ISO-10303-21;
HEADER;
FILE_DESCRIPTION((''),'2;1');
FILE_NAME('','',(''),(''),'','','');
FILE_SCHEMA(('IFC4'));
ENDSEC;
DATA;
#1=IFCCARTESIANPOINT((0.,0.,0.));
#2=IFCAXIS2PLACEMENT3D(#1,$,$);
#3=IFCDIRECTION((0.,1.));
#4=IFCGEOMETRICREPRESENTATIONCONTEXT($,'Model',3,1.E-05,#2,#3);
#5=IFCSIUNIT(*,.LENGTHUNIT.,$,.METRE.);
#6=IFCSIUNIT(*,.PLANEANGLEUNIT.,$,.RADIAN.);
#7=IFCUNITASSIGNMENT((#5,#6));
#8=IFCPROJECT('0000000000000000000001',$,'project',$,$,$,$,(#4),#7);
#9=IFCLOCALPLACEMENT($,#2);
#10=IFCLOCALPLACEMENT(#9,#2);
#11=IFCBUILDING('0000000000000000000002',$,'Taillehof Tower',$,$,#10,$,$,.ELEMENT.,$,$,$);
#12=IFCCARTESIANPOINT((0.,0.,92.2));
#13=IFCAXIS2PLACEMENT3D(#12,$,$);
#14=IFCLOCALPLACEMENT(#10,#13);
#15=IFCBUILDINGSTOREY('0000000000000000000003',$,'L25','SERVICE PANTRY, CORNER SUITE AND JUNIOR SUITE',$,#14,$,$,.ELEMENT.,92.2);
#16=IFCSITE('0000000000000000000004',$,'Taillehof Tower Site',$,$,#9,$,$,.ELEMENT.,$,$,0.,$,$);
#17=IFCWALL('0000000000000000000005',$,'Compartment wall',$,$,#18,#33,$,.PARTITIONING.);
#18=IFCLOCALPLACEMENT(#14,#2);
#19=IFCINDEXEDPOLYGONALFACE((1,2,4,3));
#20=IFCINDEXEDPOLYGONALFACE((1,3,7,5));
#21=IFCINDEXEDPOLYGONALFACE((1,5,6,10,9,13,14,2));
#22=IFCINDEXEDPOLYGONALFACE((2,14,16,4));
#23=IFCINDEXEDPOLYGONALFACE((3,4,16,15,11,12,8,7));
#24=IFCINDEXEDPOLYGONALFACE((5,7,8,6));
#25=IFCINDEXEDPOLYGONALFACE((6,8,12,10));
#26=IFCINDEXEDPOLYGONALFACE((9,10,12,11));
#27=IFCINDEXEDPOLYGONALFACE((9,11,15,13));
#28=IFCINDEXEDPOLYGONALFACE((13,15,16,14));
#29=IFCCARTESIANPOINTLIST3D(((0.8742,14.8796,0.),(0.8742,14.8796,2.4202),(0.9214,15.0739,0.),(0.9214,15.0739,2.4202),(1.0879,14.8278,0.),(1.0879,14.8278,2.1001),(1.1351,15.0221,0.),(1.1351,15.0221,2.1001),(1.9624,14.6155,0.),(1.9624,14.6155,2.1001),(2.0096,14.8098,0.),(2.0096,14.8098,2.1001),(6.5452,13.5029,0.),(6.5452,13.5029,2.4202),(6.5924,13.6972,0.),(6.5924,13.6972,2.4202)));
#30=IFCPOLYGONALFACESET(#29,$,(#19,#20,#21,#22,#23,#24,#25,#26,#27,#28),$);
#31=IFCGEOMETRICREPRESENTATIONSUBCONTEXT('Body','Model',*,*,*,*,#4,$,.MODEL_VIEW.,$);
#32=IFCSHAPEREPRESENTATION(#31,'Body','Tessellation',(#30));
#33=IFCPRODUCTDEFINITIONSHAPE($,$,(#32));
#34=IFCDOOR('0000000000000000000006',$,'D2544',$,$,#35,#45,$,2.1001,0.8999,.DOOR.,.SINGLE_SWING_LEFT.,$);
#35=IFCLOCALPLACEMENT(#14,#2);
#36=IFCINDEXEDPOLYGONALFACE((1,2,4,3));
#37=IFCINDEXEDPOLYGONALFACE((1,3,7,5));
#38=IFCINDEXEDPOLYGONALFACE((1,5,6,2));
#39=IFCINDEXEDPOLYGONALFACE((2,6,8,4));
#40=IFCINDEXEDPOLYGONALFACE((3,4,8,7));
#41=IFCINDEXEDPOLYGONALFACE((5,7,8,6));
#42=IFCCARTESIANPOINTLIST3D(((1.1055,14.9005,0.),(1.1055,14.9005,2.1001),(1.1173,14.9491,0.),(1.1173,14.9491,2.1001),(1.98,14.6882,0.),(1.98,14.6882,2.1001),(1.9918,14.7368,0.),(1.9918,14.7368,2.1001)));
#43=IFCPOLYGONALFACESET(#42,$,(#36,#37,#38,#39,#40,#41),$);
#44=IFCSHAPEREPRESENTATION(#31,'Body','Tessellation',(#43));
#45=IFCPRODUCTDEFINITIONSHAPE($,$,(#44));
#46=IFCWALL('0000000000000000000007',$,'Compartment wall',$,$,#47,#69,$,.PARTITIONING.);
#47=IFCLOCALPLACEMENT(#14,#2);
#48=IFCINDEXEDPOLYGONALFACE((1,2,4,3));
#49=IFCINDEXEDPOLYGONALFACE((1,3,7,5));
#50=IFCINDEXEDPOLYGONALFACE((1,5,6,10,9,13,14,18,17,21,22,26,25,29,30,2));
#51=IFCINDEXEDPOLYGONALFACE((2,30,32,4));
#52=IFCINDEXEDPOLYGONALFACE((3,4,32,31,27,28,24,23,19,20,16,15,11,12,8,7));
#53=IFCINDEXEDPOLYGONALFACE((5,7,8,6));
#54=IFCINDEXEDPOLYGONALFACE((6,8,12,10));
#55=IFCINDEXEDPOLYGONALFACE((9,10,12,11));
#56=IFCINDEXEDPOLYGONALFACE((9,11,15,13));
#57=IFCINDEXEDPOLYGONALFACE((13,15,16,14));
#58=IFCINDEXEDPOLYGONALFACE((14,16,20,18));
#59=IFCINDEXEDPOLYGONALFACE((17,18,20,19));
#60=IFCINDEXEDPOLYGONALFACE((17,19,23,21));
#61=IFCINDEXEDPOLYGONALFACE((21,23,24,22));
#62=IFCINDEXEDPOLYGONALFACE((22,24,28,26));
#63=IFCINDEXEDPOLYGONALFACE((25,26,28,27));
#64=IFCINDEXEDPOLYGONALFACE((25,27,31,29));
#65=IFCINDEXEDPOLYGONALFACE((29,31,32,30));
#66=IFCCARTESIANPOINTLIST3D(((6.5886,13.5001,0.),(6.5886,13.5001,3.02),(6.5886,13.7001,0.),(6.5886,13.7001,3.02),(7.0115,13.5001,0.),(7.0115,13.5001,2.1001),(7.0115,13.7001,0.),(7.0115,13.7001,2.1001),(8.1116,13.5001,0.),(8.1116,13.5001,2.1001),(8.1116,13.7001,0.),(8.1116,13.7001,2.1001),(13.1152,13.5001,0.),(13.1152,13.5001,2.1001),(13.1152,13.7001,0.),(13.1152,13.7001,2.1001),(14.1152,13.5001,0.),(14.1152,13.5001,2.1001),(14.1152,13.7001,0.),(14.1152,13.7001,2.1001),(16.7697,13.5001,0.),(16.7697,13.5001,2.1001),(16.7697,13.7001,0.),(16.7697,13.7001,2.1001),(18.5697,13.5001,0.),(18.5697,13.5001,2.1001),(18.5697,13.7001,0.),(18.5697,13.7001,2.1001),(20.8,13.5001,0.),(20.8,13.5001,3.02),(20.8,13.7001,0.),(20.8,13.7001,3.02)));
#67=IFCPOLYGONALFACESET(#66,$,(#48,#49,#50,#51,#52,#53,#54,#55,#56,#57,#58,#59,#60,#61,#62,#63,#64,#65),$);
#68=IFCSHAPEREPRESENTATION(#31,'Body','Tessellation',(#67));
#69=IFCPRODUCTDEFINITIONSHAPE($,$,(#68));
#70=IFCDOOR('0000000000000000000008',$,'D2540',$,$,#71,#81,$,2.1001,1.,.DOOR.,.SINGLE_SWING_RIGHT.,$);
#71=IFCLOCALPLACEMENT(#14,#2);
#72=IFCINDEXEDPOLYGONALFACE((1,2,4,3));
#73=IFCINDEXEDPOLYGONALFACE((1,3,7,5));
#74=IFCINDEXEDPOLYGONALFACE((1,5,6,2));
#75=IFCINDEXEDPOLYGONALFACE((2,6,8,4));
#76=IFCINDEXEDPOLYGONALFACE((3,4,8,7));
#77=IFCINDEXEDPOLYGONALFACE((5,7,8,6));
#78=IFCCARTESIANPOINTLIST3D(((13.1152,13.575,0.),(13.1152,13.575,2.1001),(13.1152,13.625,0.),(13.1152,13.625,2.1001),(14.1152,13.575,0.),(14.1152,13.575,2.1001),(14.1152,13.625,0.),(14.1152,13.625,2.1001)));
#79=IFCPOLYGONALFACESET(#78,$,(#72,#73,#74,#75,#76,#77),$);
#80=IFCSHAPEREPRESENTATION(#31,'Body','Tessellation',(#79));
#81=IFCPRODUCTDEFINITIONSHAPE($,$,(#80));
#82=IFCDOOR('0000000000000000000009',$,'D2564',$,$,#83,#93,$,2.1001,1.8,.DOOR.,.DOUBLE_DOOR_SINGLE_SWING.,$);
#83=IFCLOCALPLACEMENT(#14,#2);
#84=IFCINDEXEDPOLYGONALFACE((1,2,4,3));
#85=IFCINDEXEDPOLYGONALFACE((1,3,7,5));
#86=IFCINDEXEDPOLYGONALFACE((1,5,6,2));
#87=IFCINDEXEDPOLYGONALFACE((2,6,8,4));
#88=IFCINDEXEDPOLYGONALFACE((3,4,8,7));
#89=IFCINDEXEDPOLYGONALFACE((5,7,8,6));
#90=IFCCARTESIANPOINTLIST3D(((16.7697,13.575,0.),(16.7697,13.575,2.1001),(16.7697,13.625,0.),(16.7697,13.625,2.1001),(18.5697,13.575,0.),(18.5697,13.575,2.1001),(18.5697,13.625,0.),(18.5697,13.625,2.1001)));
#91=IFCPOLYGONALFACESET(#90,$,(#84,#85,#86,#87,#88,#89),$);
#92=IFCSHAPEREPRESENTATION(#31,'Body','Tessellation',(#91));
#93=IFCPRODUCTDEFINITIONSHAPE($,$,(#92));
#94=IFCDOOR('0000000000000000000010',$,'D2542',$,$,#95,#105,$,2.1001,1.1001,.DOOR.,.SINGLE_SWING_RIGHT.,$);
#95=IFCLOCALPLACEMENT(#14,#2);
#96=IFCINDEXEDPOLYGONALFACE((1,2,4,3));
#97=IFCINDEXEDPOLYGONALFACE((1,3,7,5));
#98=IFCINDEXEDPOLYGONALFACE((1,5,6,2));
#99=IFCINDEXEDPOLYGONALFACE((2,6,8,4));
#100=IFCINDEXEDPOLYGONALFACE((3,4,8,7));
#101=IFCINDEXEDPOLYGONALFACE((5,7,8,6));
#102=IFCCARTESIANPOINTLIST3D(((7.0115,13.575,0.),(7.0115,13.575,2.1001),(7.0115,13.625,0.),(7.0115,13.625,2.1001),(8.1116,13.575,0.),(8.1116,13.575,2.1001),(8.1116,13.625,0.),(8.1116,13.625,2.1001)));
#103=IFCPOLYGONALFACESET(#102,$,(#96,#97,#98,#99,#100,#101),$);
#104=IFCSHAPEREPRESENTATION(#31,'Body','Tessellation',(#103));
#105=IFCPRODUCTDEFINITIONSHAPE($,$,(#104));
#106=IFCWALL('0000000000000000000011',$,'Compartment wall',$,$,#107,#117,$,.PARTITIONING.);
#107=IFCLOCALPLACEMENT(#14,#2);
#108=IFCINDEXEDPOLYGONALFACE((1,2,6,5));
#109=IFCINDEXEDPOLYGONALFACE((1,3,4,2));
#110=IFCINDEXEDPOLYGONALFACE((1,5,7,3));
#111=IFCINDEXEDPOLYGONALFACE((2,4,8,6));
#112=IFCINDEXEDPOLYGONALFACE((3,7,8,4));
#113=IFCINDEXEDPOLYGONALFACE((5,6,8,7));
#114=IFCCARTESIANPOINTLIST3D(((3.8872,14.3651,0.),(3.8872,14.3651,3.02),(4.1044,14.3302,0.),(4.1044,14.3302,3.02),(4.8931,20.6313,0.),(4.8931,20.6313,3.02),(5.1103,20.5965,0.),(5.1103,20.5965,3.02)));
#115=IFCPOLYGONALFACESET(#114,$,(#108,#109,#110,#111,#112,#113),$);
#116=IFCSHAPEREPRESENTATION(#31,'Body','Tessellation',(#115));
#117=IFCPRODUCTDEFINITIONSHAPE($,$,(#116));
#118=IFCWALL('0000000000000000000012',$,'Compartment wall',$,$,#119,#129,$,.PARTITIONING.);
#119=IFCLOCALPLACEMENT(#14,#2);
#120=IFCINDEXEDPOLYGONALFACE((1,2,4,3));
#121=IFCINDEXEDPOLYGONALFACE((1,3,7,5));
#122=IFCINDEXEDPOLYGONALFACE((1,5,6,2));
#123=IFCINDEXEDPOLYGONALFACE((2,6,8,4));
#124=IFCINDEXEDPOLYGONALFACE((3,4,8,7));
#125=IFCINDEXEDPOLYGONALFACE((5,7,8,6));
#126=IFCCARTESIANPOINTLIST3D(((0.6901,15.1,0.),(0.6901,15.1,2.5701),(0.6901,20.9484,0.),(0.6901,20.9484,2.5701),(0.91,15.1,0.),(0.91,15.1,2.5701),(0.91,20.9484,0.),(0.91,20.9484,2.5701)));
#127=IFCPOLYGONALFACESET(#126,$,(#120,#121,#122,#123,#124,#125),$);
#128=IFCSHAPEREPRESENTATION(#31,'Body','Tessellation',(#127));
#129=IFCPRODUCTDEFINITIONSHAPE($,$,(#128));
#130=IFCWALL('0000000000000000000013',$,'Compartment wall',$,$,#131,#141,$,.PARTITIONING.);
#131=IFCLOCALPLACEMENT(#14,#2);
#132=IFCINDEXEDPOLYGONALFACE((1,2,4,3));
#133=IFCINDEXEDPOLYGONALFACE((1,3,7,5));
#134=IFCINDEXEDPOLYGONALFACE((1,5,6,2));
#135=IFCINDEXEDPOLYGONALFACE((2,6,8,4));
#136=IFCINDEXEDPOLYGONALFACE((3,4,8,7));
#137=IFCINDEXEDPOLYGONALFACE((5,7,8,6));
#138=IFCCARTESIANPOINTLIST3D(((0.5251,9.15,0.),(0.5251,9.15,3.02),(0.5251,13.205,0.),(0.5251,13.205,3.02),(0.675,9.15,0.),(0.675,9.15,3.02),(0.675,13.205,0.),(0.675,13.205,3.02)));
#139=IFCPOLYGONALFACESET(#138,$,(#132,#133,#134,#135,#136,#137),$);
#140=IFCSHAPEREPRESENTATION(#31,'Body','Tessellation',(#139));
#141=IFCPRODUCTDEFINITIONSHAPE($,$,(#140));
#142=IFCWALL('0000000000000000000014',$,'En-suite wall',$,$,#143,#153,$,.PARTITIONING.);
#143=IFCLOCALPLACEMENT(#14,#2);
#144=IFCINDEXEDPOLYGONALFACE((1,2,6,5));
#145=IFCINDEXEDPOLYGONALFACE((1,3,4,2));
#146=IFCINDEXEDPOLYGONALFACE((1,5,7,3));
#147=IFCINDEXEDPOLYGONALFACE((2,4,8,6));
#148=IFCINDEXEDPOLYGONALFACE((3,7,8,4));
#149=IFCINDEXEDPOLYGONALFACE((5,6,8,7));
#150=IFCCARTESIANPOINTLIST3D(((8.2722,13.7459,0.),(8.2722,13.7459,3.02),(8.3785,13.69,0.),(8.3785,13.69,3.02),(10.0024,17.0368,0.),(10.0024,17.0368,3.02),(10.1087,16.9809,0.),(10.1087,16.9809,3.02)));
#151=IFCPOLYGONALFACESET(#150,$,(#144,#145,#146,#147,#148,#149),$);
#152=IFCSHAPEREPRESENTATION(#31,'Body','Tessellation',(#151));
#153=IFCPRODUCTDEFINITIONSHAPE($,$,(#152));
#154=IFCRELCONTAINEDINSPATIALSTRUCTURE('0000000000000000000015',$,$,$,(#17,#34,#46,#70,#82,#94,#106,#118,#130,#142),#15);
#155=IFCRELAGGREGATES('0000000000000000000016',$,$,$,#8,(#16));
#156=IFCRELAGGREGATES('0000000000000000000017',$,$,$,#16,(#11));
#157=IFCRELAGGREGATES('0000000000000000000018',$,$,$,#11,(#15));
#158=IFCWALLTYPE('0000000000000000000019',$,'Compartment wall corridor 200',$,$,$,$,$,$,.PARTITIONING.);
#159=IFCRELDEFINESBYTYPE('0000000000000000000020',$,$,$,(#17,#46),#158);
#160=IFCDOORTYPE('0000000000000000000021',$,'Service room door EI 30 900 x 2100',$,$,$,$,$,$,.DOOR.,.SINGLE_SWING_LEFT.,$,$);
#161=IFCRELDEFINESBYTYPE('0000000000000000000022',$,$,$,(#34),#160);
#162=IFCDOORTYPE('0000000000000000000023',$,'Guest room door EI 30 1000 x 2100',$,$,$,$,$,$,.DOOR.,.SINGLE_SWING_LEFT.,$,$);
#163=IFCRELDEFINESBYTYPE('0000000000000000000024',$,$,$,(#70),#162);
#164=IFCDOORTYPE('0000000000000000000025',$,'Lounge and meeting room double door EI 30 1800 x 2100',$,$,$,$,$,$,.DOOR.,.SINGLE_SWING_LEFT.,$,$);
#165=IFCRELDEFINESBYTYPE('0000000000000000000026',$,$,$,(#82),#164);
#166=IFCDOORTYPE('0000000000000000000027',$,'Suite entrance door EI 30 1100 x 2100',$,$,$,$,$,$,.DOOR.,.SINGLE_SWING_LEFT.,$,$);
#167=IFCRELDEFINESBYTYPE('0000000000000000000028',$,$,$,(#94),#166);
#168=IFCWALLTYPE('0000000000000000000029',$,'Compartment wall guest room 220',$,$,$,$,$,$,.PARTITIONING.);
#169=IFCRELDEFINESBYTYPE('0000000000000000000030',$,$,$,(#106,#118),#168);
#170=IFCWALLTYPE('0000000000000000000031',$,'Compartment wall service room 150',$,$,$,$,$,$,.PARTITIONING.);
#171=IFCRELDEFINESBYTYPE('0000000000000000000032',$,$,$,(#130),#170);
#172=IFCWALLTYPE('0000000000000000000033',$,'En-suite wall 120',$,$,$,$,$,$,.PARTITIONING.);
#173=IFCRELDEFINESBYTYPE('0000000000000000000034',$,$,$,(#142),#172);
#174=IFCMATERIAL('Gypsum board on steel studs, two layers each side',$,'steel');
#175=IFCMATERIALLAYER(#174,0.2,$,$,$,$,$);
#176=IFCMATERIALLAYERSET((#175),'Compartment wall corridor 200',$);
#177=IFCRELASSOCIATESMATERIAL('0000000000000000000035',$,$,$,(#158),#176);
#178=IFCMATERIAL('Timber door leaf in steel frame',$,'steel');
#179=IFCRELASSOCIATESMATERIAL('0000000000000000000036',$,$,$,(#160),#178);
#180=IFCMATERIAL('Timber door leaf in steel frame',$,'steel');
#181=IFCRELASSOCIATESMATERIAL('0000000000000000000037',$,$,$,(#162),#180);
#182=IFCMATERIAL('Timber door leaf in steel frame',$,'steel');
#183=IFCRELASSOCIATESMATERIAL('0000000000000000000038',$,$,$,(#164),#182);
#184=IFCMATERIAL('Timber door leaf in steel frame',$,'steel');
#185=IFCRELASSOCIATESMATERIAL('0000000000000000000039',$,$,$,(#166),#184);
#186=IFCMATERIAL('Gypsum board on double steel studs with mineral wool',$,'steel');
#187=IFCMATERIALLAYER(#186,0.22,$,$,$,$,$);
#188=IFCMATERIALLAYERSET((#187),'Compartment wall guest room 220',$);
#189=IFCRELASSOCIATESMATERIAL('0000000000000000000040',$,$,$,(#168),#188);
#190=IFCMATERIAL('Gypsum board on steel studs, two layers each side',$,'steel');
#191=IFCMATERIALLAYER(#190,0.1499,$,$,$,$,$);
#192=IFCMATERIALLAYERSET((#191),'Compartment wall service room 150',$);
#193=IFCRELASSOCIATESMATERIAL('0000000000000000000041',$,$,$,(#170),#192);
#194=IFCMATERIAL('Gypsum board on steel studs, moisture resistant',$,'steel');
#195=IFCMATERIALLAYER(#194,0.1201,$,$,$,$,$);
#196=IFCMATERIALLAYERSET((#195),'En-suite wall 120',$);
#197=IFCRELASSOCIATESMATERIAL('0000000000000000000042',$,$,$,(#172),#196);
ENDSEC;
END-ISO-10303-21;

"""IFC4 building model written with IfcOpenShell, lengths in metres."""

from ifc_helpers import new_model, si_unit, direction, frame, frame_2d, origin, place, context, subcontext, project, spatial, rectangle, extrude, material, layer, layer_set, type_object, element, fill, save


model = new_model("IFC4")

# Units and contexts
model_context = context("Model", 3, precision=1e-05, world=origin(), true_north=direction((0.0, 1.0)))
body_context = subcontext(model_context, "Body", "Model", "MODEL_VIEW")
ifc_project = project(units=[si_unit("LENGTHUNIT", "METRE"), si_unit("PLANEANGLEUNIT", "RADIAN")], contexts=[model_context])

# Site, building, storey
site_placement = place(None, origin())
site = spatial("IfcSite", under=ifc_project, at=site_placement, Name="Taillehof Tower Site", CompositionType="ELEMENT", RefElevation=0.0)
building_placement = place(site_placement, origin())
building = spatial("IfcBuilding", under=site, at=building_placement, Name="Taillehof Tower", CompositionType="ELEMENT")
storey_placement = place(building_placement, frame((0.0, 0.0, 92.2)))
storey = spatial("IfcBuildingStorey", under=building, at=storey_placement, Name="L25", Description="SERVICE PANTRY, CORNER SUITE AND JUNIOR SUITE", CompositionType="ELEMENT", Elevation=92.2)

# Wall, opening, door
ifc_material_1 = material(Name="Gypsum board on steel studs, two layers each side", Category="steel")
ifc_layer_1 = layer(ifc_material_1, 0.2)
ifc_layer_set_1 = layer_set([ifc_layer_1], Name="Compartment wall corridor 200")
wall_type_1 = type_object("IfcWallType", Name="Compartment wall corridor 200", PredefinedType="PARTITIONING", material=ifc_layer_set_1)
wall_1_placement = place(storey_placement, frame((0.8977, 14.9768, 0.0), z_axis=(0.0, 0.0, 1.0), x_axis=(0.971774, -0.235915, 0.0)))
wall_1 = element("IfcWall", 1, at=wall_1_placement, inside=storey, type_object=wall_type_1, Name="Compartment wall", PredefinedType="PARTITIONING", context=body_context, shape_type="SweptSolid", body=[
    extrude(rectangle(XDim=5.8357, YDim=0.2, at=frame_2d((2.918, 0.0))), origin(), (0.0, 0.0, 1.0), 2.4202),
])
opening_1_placement = place(wall_1_placement, frame((0.22, 0.0, 0.0)))
opening_1 = element("IfcOpeningElement", 2, at=opening_1_placement, cuts=wall_1, PredefinedType="OPENING", context=body_context, shape_type="SweptSolid", body=[
    extrude(rectangle(XDim=0.8999, YDim=2.1001, at=frame_2d((0.45, 1.05))), frame((0.0, 0.1099, 0.0), z_axis=(0.0, -1.0, 0.0), x_axis=(1.0, 0.0, 0.0)), (0.0, 0.0, 1.0), 0.22),
])
ifc_material_2 = material(Name="Timber door leaf in steel frame", Category="steel")
door_type_1 = type_object("IfcDoorType", Name="Service room door EI 30 900 x 2100", OperationType="SINGLE_SWING_LEFT", PredefinedType="DOOR", material=ifc_material_2)
door_1_placement = place(opening_1_placement, origin())
door_1 = element("IfcDoor", 3, at=door_1_placement, inside=storey, type_object=door_type_1, Name="D2544", OperationType="SINGLE_SWING_LEFT", OverallHeight=2.1001, OverallWidth=0.8999, PredefinedType="DOOR", context=body_context, shape_type="SweptSolid", body=[
    extrude(rectangle(XDim=0.8999, YDim=2.1001, at=frame_2d((0.45, 1.05))), frame((0.0, 0.0249, 0.0), z_axis=(0.0, -1.0, 0.0), x_axis=(1.0, 0.0, 0.0)), (0.0, 0.0, 1.0), 0.05),
])
fill(opening_1, door_1)

# Wall, openings, doors
wall_2_placement = place(storey_placement, frame((6.5886, 13.6001, 0.0), z_axis=(0.0, 0.0, 1.0), x_axis=(1.0, 0.0, 0.0)))
wall_2 = element("IfcWall", 4, at=wall_2_placement, inside=storey, type_object=wall_type_1, Name="Compartment wall", PredefinedType="PARTITIONING", context=body_context, shape_type="SweptSolid", body=[
    extrude(rectangle(XDim=14.2114, YDim=0.2, at=frame_2d((7.1057, 0.0))), origin(), (0.0, 0.0, 1.0), 3.02),
])
opening_2_placement = place(wall_2_placement, frame((6.5266, 0.0, 0.0)))
opening_2 = element("IfcOpeningElement", 5, at=opening_2_placement, cuts=wall_2, PredefinedType="OPENING", context=body_context, shape_type="SweptSolid", body=[
    extrude(rectangle(XDim=1.0, YDim=2.1001, at=frame_2d((0.5, 1.05))), frame((0.0, 0.1099, 0.0), z_axis=(0.0, -1.0, 0.0), x_axis=(1.0, 0.0, 0.0)), (0.0, 0.0, 1.0), 0.22),
])
opening_3_placement = place(wall_2_placement, frame((0.4229, 0.0, 0.0)))
opening_3 = element("IfcOpeningElement", 6, at=opening_3_placement, cuts=wall_2, PredefinedType="OPENING", context=body_context, shape_type="SweptSolid", body=[
    extrude(rectangle(XDim=1.1001, YDim=2.1001, at=frame_2d((0.55, 1.05))), frame((0.0, 0.1099, 0.0), z_axis=(0.0, -1.0, 0.0), x_axis=(1.0, 0.0, 0.0)), (0.0, 0.0, 1.0), 0.22),
])
opening_4_placement = place(wall_2_placement, frame((10.1812, 0.0, 0.0)))
opening_4 = element("IfcOpeningElement", 7, at=opening_4_placement, cuts=wall_2, PredefinedType="OPENING", context=body_context, shape_type="SweptSolid", body=[
    extrude(rectangle(XDim=1.8, YDim=2.1001, at=frame_2d((0.8999, 1.05))), frame((0.0, 0.1099, 0.0), z_axis=(0.0, -1.0, 0.0), x_axis=(1.0, 0.0, 0.0)), (0.0, 0.0, 1.0), 0.22),
])
ifc_material_3 = material(Name="Timber door leaf in steel frame", Category="steel")
door_type_2 = type_object("IfcDoorType", Name="Guest room door EI 30 1000 x 2100", OperationType="SINGLE_SWING_LEFT", PredefinedType="DOOR", material=ifc_material_3)
door_2_placement = place(opening_2_placement, origin())
door_2 = element("IfcDoor", 8, at=door_2_placement, inside=storey, type_object=door_type_2, Name="D2540", OperationType="SINGLE_SWING_RIGHT", OverallHeight=2.1001, OverallWidth=1.0, PredefinedType="DOOR", context=body_context, shape_type="SweptSolid", body=[
    extrude(rectangle(XDim=1.0, YDim=2.1001, at=frame_2d((0.5, 1.05))), frame((0.0, 0.0249, 0.0), z_axis=(0.0, -1.0, 0.0), x_axis=(1.0, 0.0, 0.0)), (0.0, 0.0, 1.0), 0.05),
])
fill(opening_2, door_2)
ifc_material_4 = material(Name="Timber door leaf in steel frame", Category="steel")
door_type_3 = type_object("IfcDoorType", Name="Lounge and meeting room double door EI 30 1800 x 2100", OperationType="SINGLE_SWING_LEFT", PredefinedType="DOOR", material=ifc_material_4)
door_3_placement = place(opening_4_placement, origin())
door_3 = element("IfcDoor", 9, at=door_3_placement, inside=storey, type_object=door_type_3, Name="D2564", OperationType="DOUBLE_DOOR_SINGLE_SWING", OverallHeight=2.1001, OverallWidth=1.8, PredefinedType="DOOR", context=body_context, shape_type="SweptSolid", body=[
    extrude(rectangle(XDim=1.8, YDim=2.1001, at=frame_2d((0.8999, 1.05))), frame((0.0, 0.0249, 0.0), z_axis=(0.0, -1.0, 0.0), x_axis=(1.0, 0.0, 0.0)), (0.0, 0.0, 1.0), 0.05),
])
fill(opening_4, door_3)
ifc_material_5 = material(Name="Timber door leaf in steel frame", Category="steel")
door_type_4 = type_object("IfcDoorType", Name="Suite entrance door EI 30 1100 x 2100", OperationType="SINGLE_SWING_LEFT", PredefinedType="DOOR", material=ifc_material_5)
door_4_placement = place(opening_3_placement, origin())
door_4 = element("IfcDoor", 10, at=door_4_placement, inside=storey, type_object=door_type_4, Name="D2542", OperationType="SINGLE_SWING_RIGHT", OverallHeight=2.1001, OverallWidth=1.1001, PredefinedType="DOOR", context=body_context, shape_type="SweptSolid", body=[
    extrude(rectangle(XDim=1.1001, YDim=2.1001, at=frame_2d((0.55, 1.05))), frame((0.0, 0.0249, 0.0), z_axis=(0.0, -1.0, 0.0), x_axis=(1.0, 0.0, 0.0)), (0.0, 0.0, 1.0), 0.05),
])
fill(opening_3, door_4)

# Walls
ifc_material_6 = material(Name="Gypsum board on double steel studs with mineral wool", Category="steel")
ifc_layer_2 = layer(ifc_material_6, 0.22)
ifc_layer_set_2 = layer_set([ifc_layer_2], Name="Compartment wall guest room 220")
wall_type_2 = type_object("IfcWallType", Name="Compartment wall guest room 220", PredefinedType="PARTITIONING", material=ifc_layer_set_2)
wall_3_placement = place(storey_placement, frame((5.0017, 20.614, 0.0), z_axis=(0.0, 0.0, 1.0), x_axis=(-0.158495, -0.98736, 0.0)))
element("IfcWall", 11, at=wall_3_placement, inside=storey, type_object=wall_type_2, Name="Compartment wall", PredefinedType="PARTITIONING", context=body_context, shape_type="SweptSolid", body=[
    extrude(rectangle(XDim=6.3464, YDim=0.22, at=frame_2d((3.1733, 0.0))), origin(), (0.0, 0.0, 1.0), 3.02),
])
wall_4_placement = place(storey_placement, frame((0.8, 20.9485, 0.0), z_axis=(0.0, 0.0, 1.0), x_axis=(0.0, -1.0, 0.0)))
element("IfcWall", 12, at=wall_4_placement, inside=storey, type_object=wall_type_2, Name="Compartment wall", PredefinedType="PARTITIONING", context=body_context, shape_type="SweptSolid", body=[
    extrude(rectangle(XDim=5.8484, YDim=0.22, at=frame_2d((2.9243, 0.0))), origin(), (0.0, 0.0, 1.0), 2.5701),
])
ifc_material_7 = material(Name="Gypsum board on steel studs, two layers each side", Category="steel")
ifc_layer_3 = layer(ifc_material_7, 0.1499)
ifc_layer_set_3 = layer_set([ifc_layer_3], Name="Compartment wall service room 150")
wall_type_3 = type_object("IfcWallType", Name="Compartment wall service room 150", PredefinedType="PARTITIONING", material=ifc_layer_set_3)
wall_5_placement = place(storey_placement, frame((0.6001, 13.2048, 0.0), z_axis=(0.0, 0.0, 1.0), x_axis=(0.0, -1.0, 0.0)))
element("IfcWall", 13, at=wall_5_placement, inside=storey, type_object=wall_type_3, Name="Compartment wall", PredefinedType="PARTITIONING", context=body_context, shape_type="SweptSolid", body=[
    extrude(rectangle(XDim=4.0549, YDim=0.1499, at=frame_2d((2.0273, 0.0))), origin(), (0.0, 0.0, 1.0), 3.02),
])
ifc_material_8 = material(Name="Gypsum board on steel studs, moisture resistant", Category="steel")
ifc_layer_4 = layer(ifc_material_8, 0.1201)
ifc_layer_set_4 = layer_set([ifc_layer_4], Name="En-suite wall 120")
wall_type_4 = type_object("IfcWallType", Name="En-suite wall 120", PredefinedType="PARTITIONING", material=ifc_layer_set_4)
wall_6_placement = place(storey_placement, frame((8.3254, 13.718, 0.0), z_axis=(0.0, 0.0, 1.0), x_axis=(0.465349, 0.885128, 0.0)))
element("IfcWall", 14, at=wall_6_placement, inside=storey, type_object=wall_type_4, Name="En-suite wall", PredefinedType="PARTITIONING", context=body_context, shape_type="SweptSolid", body=[
    extrude(rectangle(XDim=3.718, YDim=0.1201, at=frame_2d((1.8589, 0.0))), origin(), (0.0, 0.0, 1.0), 3.02),
])

save(model, "model.ifc")
